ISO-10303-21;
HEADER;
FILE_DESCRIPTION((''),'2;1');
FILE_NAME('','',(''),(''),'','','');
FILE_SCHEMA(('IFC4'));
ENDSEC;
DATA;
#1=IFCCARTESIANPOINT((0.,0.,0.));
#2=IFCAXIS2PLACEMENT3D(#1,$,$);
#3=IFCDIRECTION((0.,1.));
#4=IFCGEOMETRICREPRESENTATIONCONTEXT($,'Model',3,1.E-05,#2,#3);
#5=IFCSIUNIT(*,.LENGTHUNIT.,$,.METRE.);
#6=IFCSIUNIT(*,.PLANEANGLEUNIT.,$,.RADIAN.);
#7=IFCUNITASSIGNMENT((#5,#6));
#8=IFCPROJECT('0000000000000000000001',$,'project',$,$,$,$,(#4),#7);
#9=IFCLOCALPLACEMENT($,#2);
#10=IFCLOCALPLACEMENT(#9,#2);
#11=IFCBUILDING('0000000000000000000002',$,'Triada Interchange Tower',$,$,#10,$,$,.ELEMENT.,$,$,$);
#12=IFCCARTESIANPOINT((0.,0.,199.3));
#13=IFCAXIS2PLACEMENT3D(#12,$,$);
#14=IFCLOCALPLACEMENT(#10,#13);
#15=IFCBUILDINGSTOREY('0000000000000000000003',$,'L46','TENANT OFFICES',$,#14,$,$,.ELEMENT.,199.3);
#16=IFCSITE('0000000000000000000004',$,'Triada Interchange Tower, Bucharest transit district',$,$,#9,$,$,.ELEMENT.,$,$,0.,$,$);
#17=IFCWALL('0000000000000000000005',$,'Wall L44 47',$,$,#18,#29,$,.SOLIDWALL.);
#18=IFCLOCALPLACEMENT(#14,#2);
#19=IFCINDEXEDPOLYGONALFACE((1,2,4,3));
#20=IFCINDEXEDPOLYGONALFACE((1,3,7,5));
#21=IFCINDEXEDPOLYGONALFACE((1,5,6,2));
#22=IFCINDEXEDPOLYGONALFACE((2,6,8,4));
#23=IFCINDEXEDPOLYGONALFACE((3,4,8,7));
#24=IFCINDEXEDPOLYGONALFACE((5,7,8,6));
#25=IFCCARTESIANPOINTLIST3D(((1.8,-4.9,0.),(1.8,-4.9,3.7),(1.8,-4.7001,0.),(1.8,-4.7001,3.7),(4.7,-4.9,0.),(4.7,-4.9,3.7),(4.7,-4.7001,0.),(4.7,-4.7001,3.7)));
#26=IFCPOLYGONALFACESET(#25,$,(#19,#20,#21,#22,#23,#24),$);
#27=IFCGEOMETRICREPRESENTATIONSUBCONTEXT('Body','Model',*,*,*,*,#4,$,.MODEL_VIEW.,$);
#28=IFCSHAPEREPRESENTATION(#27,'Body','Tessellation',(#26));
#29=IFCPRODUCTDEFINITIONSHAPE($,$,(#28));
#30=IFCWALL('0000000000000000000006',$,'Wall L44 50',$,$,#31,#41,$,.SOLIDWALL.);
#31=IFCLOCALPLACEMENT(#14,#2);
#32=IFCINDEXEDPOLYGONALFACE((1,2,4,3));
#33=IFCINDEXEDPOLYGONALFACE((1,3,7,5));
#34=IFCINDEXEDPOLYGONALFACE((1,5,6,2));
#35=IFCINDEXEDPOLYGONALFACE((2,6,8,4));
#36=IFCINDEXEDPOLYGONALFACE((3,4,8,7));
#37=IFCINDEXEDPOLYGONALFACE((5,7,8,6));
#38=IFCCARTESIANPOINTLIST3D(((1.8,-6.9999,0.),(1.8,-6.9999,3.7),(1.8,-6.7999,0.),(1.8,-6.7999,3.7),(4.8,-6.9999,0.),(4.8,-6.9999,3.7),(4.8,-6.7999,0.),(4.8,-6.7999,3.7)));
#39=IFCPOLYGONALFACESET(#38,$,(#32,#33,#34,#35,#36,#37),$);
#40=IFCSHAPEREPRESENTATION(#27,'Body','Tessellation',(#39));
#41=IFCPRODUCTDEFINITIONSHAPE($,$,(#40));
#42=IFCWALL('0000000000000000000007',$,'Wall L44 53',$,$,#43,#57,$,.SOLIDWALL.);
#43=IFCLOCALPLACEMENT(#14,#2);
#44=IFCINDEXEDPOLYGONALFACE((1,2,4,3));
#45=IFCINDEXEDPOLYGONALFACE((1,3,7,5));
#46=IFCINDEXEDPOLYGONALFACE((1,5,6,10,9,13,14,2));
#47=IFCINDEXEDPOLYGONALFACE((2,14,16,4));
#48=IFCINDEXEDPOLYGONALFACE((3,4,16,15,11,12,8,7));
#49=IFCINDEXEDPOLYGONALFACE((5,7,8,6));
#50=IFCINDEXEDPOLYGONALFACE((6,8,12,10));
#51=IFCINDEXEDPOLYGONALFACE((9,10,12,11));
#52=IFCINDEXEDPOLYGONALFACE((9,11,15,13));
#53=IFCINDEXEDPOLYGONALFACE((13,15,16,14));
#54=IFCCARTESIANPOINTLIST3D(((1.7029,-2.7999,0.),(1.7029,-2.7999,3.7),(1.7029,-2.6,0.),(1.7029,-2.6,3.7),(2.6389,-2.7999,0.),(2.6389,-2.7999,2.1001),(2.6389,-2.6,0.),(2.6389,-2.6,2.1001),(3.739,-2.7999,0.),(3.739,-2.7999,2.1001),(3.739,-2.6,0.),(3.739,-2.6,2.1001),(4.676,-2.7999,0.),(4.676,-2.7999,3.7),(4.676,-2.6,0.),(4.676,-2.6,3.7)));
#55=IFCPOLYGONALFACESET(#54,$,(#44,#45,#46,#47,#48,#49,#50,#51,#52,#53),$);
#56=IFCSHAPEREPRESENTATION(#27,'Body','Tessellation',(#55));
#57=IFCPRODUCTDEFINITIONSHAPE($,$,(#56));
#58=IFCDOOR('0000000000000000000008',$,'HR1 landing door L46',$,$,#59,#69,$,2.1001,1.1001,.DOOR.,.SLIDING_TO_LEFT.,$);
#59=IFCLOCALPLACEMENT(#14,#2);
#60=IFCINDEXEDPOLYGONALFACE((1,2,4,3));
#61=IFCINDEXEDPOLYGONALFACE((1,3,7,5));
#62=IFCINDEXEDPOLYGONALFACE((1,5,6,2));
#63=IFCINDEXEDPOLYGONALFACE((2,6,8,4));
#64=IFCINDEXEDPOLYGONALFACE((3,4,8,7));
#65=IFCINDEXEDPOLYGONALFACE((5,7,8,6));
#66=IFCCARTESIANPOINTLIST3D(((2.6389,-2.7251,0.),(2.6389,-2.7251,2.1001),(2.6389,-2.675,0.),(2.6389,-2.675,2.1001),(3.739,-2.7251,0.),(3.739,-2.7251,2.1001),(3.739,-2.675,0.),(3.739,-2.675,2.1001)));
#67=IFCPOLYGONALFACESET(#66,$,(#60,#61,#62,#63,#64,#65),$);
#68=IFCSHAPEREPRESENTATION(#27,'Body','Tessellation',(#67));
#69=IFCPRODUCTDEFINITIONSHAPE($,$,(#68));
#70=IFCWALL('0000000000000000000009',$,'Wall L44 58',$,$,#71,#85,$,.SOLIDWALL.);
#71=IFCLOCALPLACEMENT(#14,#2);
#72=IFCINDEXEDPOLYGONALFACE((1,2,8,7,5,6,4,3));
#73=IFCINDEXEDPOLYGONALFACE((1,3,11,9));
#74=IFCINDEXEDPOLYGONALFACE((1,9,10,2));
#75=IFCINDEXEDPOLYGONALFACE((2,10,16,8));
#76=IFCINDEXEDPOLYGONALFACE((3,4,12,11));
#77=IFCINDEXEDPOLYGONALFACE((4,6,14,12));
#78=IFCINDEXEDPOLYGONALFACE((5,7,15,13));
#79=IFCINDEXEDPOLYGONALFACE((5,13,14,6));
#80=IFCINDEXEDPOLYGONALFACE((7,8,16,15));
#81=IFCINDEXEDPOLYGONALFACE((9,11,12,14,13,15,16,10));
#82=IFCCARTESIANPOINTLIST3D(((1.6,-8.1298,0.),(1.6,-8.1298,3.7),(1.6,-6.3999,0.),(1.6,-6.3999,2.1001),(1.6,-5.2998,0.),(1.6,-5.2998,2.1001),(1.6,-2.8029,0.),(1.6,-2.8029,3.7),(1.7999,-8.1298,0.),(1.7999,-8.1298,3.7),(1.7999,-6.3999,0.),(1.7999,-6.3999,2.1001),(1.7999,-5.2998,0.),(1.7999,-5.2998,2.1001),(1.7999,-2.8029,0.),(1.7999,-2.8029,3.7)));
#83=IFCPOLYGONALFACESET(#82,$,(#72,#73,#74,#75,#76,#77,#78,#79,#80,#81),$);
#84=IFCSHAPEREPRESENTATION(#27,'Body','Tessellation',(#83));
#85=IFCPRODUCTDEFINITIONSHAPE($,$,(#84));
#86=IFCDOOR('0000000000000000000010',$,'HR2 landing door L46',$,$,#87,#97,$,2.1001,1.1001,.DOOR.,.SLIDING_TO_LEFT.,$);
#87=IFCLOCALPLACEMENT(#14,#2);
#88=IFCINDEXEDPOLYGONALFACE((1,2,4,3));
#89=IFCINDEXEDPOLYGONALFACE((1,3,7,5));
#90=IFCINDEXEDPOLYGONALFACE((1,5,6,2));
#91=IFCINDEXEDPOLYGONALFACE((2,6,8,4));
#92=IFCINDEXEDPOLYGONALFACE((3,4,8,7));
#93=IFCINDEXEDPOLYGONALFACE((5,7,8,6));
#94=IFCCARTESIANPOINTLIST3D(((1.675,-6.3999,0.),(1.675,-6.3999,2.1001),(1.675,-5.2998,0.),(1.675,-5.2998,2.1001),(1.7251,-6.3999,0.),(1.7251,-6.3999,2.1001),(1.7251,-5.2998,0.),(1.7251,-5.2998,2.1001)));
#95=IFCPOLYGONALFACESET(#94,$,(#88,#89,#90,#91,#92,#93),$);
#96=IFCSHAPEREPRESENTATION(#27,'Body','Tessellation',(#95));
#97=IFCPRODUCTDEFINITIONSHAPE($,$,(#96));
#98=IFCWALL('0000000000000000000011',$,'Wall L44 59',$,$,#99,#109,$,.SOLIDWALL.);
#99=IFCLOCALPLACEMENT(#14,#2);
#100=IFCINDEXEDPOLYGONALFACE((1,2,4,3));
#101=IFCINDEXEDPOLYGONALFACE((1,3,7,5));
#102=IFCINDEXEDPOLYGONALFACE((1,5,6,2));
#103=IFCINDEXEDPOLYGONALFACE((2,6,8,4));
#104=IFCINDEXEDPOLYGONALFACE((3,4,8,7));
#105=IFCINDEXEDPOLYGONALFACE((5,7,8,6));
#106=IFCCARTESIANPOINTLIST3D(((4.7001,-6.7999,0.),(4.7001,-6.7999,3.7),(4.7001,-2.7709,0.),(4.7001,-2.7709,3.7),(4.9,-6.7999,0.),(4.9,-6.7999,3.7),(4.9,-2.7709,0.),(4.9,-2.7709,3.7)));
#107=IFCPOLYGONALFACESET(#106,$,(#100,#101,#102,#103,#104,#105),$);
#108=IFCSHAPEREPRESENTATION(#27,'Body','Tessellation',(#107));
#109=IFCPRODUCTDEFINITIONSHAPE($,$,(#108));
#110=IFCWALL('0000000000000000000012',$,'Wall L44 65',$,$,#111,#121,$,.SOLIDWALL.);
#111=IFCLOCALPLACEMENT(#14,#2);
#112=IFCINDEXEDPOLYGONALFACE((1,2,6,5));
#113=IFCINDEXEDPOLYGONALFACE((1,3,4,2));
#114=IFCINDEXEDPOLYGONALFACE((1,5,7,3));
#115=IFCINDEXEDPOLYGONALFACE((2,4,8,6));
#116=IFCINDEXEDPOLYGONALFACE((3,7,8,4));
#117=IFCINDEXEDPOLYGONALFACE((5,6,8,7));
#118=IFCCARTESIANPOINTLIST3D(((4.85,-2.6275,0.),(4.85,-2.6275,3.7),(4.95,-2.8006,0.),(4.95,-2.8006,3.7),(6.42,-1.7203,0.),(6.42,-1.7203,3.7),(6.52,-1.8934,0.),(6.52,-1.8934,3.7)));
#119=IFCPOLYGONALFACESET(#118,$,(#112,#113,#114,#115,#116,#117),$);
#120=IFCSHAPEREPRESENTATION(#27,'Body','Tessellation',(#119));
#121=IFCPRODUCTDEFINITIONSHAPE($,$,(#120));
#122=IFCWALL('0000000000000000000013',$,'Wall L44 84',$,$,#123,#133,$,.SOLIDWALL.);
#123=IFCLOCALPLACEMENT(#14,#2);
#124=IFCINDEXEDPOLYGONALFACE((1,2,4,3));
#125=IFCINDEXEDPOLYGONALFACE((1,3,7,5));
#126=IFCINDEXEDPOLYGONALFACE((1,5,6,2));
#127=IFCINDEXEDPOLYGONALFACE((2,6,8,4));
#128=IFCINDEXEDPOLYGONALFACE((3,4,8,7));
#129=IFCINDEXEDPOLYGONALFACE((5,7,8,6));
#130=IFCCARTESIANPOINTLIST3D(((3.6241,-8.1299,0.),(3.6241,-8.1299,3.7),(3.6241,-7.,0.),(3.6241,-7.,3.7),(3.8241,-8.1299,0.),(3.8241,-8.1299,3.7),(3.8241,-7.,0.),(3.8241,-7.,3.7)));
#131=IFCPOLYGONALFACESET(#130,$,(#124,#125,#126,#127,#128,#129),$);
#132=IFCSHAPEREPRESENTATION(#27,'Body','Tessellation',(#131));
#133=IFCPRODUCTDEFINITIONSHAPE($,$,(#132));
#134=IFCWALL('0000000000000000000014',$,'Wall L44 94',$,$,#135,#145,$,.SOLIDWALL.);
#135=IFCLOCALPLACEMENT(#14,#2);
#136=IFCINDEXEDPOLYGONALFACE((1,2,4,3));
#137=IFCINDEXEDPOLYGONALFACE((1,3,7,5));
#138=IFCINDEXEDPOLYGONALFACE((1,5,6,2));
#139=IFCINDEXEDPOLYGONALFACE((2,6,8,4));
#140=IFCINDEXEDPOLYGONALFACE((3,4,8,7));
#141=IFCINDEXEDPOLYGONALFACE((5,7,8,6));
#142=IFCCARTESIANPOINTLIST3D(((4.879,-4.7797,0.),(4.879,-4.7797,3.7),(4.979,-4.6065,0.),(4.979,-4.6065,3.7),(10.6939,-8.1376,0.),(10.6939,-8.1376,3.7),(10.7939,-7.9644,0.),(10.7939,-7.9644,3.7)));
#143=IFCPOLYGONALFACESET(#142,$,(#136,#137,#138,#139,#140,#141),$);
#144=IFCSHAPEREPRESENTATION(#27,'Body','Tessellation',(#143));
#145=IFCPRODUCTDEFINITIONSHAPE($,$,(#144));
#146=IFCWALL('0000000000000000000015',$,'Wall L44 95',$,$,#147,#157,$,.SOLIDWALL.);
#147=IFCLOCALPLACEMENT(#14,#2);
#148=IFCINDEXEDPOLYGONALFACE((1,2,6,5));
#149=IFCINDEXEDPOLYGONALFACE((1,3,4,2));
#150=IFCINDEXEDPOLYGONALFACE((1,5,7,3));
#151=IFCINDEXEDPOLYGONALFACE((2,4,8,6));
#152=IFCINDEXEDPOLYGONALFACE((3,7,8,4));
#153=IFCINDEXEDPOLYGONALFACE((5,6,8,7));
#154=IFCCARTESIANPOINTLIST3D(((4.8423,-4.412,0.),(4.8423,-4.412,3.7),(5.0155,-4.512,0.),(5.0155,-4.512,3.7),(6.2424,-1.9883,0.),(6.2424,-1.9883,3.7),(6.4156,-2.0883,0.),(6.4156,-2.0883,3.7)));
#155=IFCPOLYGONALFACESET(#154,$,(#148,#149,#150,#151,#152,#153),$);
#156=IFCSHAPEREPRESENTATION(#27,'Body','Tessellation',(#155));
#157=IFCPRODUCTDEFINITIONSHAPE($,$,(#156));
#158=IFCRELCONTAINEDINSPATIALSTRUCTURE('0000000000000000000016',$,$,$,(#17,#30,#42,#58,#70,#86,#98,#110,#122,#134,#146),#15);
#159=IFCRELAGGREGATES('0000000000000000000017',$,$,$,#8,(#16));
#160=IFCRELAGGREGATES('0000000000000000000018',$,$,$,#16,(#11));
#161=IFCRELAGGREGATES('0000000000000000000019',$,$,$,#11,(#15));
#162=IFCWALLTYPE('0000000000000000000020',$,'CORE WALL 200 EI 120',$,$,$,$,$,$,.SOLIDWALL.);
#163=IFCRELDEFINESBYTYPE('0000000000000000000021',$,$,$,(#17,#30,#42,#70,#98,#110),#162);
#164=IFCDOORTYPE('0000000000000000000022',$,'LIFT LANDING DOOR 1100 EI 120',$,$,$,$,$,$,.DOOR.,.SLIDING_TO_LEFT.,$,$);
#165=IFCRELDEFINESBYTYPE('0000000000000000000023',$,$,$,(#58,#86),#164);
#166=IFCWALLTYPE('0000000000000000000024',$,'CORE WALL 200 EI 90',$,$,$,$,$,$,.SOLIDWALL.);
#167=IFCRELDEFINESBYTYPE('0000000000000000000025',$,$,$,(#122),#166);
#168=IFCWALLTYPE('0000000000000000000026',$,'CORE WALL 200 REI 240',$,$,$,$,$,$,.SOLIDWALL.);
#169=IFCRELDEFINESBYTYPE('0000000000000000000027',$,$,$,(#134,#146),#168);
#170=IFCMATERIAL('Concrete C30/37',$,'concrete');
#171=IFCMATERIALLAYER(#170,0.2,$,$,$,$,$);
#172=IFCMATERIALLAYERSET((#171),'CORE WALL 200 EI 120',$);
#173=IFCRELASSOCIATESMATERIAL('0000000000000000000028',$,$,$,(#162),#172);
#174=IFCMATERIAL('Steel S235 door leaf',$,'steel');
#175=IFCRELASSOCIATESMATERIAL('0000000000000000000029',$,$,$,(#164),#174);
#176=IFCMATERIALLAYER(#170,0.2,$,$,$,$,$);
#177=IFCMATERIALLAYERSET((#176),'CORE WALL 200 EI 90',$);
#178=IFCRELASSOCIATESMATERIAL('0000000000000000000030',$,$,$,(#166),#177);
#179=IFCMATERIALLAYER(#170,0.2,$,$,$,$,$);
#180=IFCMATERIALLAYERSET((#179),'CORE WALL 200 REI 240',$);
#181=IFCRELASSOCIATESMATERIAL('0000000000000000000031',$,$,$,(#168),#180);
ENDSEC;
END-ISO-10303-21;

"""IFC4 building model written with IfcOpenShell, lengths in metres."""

from ifc_helpers import new_model, si_unit, direction, frame, frame_2d, origin, place, context, subcontext, project, spatial, rectangle, extrude, material, layer, layer_set, type_object, element, fill, save


model = new_model("IFC4")

# Units and contexts
model_context = context("Model", 3, precision=1e-05, world=origin(), true_north=direction((0.0, 1.0)))
body_context = subcontext(model_context, "Body", "Model", "MODEL_VIEW")
ifc_project = project(units=[si_unit("LENGTHUNIT", "METRE"), si_unit("PLANEANGLEUNIT", "RADIAN")], contexts=[model_context])

# Site, building, storey
site_placement = place(None, origin())
site = spatial("IfcSite", under=ifc_project, at=site_placement, Name="Triada Interchange Tower, Bucharest transit district", CompositionType="ELEMENT", RefElevation=0.0)
building_placement = place(site_placement, origin())
building = spatial("IfcBuilding", under=site, at=building_placement, Name="Triada Interchange Tower", CompositionType="ELEMENT")
storey_placement = place(building_placement, frame((0.0, 0.0, 199.3)))
storey = spatial("IfcBuildingStorey", under=building, at=storey_placement, Name="L46", Description="TENANT OFFICES", CompositionType="ELEMENT", Elevation=199.3)

# Walls
ifc_material_1 = material(Name="Concrete C30/37", Category="concrete")
ifc_layer_1 = layer(ifc_material_1, 0.2)
ifc_layer_set_1 = layer_set([ifc_layer_1], Name="CORE WALL 200 EI 120")
wall_type_1 = type_object("IfcWallType", Name="CORE WALL 200 EI 120", PredefinedType="SOLIDWALL", material=ifc_layer_set_1)
wall_1_placement = place(storey_placement, frame((1.8, -4.8, 0.0), z_axis=(0.0, 0.0, 1.0), x_axis=(1.0, 0.0, 0.0)))
element("IfcWall", 1, at=wall_1_placement, inside=storey, type_object=wall_type_1, Name="Wall L44 47", PredefinedType="SOLIDWALL", context=body_context, shape_type="SweptSolid", body=[
    extrude(rectangle(XDim=2.8999, YDim=0.2, at=frame_2d((1.45, 0.0))), origin(), (0.0, 0.0, 1.0), 3.7),
])
wall_2_placement = place(storey_placement, frame((1.8, -6.8999, 0.0), z_axis=(0.0, 0.0, 1.0), x_axis=(1.0, 0.0, 0.0)))
element("IfcWall", 2, at=wall_2_placement, inside=storey, type_object=wall_type_1, Name="Wall L44 50", PredefinedType="SOLIDWALL", context=body_context, shape_type="SweptSolid", body=[
    extrude(rectangle(XDim=3.0, YDim=0.2, at=frame_2d((1.5, 0.0))), origin(), (0.0, 0.0, 1.0), 3.7),
])

# Walls, openings, doors
wall_3_placement = place(storey_placement, frame((1.7029, -2.7, 0.0), z_axis=(0.0, 0.0, 1.0), x_axis=(1.0, 0.0, 0.0)))
wall_3 = element("IfcWall", 3, at=wall_3_placement, inside=storey, type_object=wall_type_1, Name="Wall L44 53", PredefinedType="SOLIDWALL", context=body_context, shape_type="SweptSolid", body=[
    extrude(rectangle(XDim=2.9731, YDim=0.2, at=frame_2d((1.4866, 0.0))), origin(), (0.0, 0.0, 1.0), 3.7),
])
opening_1_placement = place(wall_3_placement, frame((0.936, 0.0, 0.0)))
opening_1 = element("IfcOpeningElement", 4, at=opening_1_placement, cuts=wall_3, PredefinedType="OPENING", context=body_context, shape_type="SweptSolid", body=[
    extrude(rectangle(XDim=1.1001, YDim=2.1001, at=frame_2d((0.55, 1.05))), frame((0.0, 0.1099, 0.0), z_axis=(0.0, -1.0, 0.0), x_axis=(1.0, 0.0, 0.0)), (0.0, 0.0, 1.0), 0.22),
])
ifc_material_2 = material(Name="Steel S235 door leaf", Category="steel")
door_type_1 = type_object("IfcDoorType", Name="LIFT LANDING DOOR 1100 EI 120", OperationType="SLIDING_TO_LEFT", PredefinedType="DOOR", material=ifc_material_2)
door_1_placement = place(opening_1_placement, origin())
door_1 = element("IfcDoor", 5, at=door_1_placement, inside=storey, type_object=door_type_1, Name="HR1 landing door L46", OperationType="SLIDING_TO_LEFT", OverallHeight=2.1001, OverallWidth=1.1001, PredefinedType="DOOR", context=body_context, shape_type="SweptSolid", body=[
    extrude(rectangle(XDim=1.1001, YDim=2.1001, at=frame_2d((0.55, 1.05))), frame((0.0, 0.0249, 0.0), z_axis=(0.0, -1.0, 0.0), x_axis=(1.0, 0.0, 0.0)), (0.0, 0.0, 1.0), 0.05),
])
fill(opening_1, door_1)
wall_4_placement = place(storey_placement, frame((1.7, -8.1299, 0.0), z_axis=(0.0, 0.0, 1.0), x_axis=(0.0, 1.0, 0.0)))
wall_4 = element("IfcWall", 6, at=wall_4_placement, inside=storey, type_object=wall_type_1, Name="Wall L44 58", PredefinedType="SOLIDWALL", context=body_context, shape_type="SweptSolid", body=[
    extrude(rectangle(XDim=5.3269, YDim=0.2, at=frame_2d((2.6636, 0.0))), origin(), (0.0, 0.0, 1.0), 3.7),
])
opening_2_placement = place(wall_4_placement, frame((1.73, 0.0, 0.0)))
opening_2 = element("IfcOpeningElement", 7, at=opening_2_placement, cuts=wall_4, PredefinedType="OPENING", context=body_context, shape_type="SweptSolid", body=[
    extrude(rectangle(XDim=1.1001, YDim=2.1001, at=frame_2d((0.55, 1.05))), frame((0.0, 0.1099, 0.0), z_axis=(0.0, -1.0, 0.0), x_axis=(1.0, 0.0, 0.0)), (0.0, 0.0, 1.0), 0.22),
])
door_2_placement = place(opening_2_placement, origin())
door_2 = element("IfcDoor", 8, at=door_2_placement, inside=storey, type_object=door_type_1, Name="HR2 landing door L46", OperationType="SLIDING_TO_LEFT", OverallHeight=2.1001, OverallWidth=1.1001, PredefinedType="DOOR", context=body_context, shape_type="SweptSolid", body=[
    extrude(rectangle(XDim=1.1001, YDim=2.1001, at=frame_2d((0.55, 1.05))), frame((0.0, 0.0249, 0.0), z_axis=(0.0, -1.0, 0.0), x_axis=(1.0, 0.0, 0.0)), (0.0, 0.0, 1.0), 0.05),
])
fill(opening_2, door_2)

# Walls
wall_5_placement = place(storey_placement, frame((4.8, -6.8, 0.0), z_axis=(0.0, 0.0, 1.0), x_axis=(0.0, 1.0, 0.0)))
element("IfcWall", 9, at=wall_5_placement, inside=storey, type_object=wall_type_1, Name="Wall L44 59", PredefinedType="SOLIDWALL", context=body_context, shape_type="SweptSolid", body=[
    extrude(rectangle(XDim=4.0291, YDim=0.2, at=frame_2d((2.0146, 0.0))), origin(), (0.0, 0.0, 1.0), 3.7),
])
wall_6_placement = place(storey_placement, frame((4.8999, -2.7141, 0.0), z_axis=(0.0, 0.0, 1.0), x_axis=(0.865847, 0.500309, 0.0)))
element("IfcWall", 10, at=wall_6_placement, inside=storey, type_object=wall_type_1, Name="Wall L44 65", PredefinedType="SOLIDWALL", context=body_context, shape_type="SweptSolid", body=[
    extrude(rectangle(XDim=1.8132, YDim=0.2, at=frame_2d((0.9067, 0.0))), origin(), (0.0, 0.0, 1.0), 3.7),
])
ifc_layer_2 = layer(ifc_material_1, 0.2)
ifc_layer_set_2 = layer_set([ifc_layer_2], Name="CORE WALL 200 EI 90")
wall_type_2 = type_object("IfcWallType", Name="CORE WALL 200 EI 90", PredefinedType="SOLIDWALL", material=ifc_layer_set_2)
wall_7_placement = place(storey_placement, frame((3.7241, -8.1299, 0.0), z_axis=(0.0, 0.0, 1.0), x_axis=(0.0, 1.0, 0.0)))
element("IfcWall", 11, at=wall_7_placement, inside=storey, type_object=wall_type_2, Name="Wall L44 84", PredefinedType="SOLIDWALL", context=body_context, shape_type="SweptSolid", body=[
    extrude(rectangle(XDim=1.1299, YDim=0.2, at=frame_2d((0.5649, 0.0))), origin(), (0.0, 0.0, 1.0), 3.7),
])
ifc_layer_3 = layer(ifc_material_1, 0.2)
ifc_layer_set_3 = layer_set([ifc_layer_3], Name="CORE WALL 200 REI 240")
wall_type_3 = type_object("IfcWallType", Name="CORE WALL 200 REI 240", PredefinedType="SOLIDWALL", material=ifc_layer_set_3)
wall_8_placement = place(storey_placement, frame((4.929, -4.6931, 0.0), z_axis=(0.0, 0.0, 1.0), x_axis=(0.865983, -0.500073, 0.0)))
element("IfcWall", 12, at=wall_8_placement, inside=storey, type_object=wall_type_3, Name="Wall L44 94", PredefinedType="SOLIDWALL", context=body_context, shape_type="SweptSolid", body=[
    extrude(rectangle(XDim=6.7148, YDim=0.2, at=frame_2d((3.3574, 0.0))), origin(), (0.0, 0.0, 1.0), 3.7),
])
wall_9_placement = place(storey_placement, frame((4.929, -4.4619, 0.0), z_axis=(0.0, 0.0, 1.0), x_axis=(0.500201, 0.86591, 0.0)))
element("IfcWall", 13, at=wall_9_placement, inside=storey, type_object=wall_type_3, Name="Wall L44 95", PredefinedType="SOLIDWALL", context=body_context, shape_type="SweptSolid", body=[
    extrude(rectangle(XDim=2.7991, YDim=0.2, at=frame_2d((1.3994, 0.0))), origin(), (0.0, 0.0, 1.0), 3.7),
])

save(model, "model.ifc")
